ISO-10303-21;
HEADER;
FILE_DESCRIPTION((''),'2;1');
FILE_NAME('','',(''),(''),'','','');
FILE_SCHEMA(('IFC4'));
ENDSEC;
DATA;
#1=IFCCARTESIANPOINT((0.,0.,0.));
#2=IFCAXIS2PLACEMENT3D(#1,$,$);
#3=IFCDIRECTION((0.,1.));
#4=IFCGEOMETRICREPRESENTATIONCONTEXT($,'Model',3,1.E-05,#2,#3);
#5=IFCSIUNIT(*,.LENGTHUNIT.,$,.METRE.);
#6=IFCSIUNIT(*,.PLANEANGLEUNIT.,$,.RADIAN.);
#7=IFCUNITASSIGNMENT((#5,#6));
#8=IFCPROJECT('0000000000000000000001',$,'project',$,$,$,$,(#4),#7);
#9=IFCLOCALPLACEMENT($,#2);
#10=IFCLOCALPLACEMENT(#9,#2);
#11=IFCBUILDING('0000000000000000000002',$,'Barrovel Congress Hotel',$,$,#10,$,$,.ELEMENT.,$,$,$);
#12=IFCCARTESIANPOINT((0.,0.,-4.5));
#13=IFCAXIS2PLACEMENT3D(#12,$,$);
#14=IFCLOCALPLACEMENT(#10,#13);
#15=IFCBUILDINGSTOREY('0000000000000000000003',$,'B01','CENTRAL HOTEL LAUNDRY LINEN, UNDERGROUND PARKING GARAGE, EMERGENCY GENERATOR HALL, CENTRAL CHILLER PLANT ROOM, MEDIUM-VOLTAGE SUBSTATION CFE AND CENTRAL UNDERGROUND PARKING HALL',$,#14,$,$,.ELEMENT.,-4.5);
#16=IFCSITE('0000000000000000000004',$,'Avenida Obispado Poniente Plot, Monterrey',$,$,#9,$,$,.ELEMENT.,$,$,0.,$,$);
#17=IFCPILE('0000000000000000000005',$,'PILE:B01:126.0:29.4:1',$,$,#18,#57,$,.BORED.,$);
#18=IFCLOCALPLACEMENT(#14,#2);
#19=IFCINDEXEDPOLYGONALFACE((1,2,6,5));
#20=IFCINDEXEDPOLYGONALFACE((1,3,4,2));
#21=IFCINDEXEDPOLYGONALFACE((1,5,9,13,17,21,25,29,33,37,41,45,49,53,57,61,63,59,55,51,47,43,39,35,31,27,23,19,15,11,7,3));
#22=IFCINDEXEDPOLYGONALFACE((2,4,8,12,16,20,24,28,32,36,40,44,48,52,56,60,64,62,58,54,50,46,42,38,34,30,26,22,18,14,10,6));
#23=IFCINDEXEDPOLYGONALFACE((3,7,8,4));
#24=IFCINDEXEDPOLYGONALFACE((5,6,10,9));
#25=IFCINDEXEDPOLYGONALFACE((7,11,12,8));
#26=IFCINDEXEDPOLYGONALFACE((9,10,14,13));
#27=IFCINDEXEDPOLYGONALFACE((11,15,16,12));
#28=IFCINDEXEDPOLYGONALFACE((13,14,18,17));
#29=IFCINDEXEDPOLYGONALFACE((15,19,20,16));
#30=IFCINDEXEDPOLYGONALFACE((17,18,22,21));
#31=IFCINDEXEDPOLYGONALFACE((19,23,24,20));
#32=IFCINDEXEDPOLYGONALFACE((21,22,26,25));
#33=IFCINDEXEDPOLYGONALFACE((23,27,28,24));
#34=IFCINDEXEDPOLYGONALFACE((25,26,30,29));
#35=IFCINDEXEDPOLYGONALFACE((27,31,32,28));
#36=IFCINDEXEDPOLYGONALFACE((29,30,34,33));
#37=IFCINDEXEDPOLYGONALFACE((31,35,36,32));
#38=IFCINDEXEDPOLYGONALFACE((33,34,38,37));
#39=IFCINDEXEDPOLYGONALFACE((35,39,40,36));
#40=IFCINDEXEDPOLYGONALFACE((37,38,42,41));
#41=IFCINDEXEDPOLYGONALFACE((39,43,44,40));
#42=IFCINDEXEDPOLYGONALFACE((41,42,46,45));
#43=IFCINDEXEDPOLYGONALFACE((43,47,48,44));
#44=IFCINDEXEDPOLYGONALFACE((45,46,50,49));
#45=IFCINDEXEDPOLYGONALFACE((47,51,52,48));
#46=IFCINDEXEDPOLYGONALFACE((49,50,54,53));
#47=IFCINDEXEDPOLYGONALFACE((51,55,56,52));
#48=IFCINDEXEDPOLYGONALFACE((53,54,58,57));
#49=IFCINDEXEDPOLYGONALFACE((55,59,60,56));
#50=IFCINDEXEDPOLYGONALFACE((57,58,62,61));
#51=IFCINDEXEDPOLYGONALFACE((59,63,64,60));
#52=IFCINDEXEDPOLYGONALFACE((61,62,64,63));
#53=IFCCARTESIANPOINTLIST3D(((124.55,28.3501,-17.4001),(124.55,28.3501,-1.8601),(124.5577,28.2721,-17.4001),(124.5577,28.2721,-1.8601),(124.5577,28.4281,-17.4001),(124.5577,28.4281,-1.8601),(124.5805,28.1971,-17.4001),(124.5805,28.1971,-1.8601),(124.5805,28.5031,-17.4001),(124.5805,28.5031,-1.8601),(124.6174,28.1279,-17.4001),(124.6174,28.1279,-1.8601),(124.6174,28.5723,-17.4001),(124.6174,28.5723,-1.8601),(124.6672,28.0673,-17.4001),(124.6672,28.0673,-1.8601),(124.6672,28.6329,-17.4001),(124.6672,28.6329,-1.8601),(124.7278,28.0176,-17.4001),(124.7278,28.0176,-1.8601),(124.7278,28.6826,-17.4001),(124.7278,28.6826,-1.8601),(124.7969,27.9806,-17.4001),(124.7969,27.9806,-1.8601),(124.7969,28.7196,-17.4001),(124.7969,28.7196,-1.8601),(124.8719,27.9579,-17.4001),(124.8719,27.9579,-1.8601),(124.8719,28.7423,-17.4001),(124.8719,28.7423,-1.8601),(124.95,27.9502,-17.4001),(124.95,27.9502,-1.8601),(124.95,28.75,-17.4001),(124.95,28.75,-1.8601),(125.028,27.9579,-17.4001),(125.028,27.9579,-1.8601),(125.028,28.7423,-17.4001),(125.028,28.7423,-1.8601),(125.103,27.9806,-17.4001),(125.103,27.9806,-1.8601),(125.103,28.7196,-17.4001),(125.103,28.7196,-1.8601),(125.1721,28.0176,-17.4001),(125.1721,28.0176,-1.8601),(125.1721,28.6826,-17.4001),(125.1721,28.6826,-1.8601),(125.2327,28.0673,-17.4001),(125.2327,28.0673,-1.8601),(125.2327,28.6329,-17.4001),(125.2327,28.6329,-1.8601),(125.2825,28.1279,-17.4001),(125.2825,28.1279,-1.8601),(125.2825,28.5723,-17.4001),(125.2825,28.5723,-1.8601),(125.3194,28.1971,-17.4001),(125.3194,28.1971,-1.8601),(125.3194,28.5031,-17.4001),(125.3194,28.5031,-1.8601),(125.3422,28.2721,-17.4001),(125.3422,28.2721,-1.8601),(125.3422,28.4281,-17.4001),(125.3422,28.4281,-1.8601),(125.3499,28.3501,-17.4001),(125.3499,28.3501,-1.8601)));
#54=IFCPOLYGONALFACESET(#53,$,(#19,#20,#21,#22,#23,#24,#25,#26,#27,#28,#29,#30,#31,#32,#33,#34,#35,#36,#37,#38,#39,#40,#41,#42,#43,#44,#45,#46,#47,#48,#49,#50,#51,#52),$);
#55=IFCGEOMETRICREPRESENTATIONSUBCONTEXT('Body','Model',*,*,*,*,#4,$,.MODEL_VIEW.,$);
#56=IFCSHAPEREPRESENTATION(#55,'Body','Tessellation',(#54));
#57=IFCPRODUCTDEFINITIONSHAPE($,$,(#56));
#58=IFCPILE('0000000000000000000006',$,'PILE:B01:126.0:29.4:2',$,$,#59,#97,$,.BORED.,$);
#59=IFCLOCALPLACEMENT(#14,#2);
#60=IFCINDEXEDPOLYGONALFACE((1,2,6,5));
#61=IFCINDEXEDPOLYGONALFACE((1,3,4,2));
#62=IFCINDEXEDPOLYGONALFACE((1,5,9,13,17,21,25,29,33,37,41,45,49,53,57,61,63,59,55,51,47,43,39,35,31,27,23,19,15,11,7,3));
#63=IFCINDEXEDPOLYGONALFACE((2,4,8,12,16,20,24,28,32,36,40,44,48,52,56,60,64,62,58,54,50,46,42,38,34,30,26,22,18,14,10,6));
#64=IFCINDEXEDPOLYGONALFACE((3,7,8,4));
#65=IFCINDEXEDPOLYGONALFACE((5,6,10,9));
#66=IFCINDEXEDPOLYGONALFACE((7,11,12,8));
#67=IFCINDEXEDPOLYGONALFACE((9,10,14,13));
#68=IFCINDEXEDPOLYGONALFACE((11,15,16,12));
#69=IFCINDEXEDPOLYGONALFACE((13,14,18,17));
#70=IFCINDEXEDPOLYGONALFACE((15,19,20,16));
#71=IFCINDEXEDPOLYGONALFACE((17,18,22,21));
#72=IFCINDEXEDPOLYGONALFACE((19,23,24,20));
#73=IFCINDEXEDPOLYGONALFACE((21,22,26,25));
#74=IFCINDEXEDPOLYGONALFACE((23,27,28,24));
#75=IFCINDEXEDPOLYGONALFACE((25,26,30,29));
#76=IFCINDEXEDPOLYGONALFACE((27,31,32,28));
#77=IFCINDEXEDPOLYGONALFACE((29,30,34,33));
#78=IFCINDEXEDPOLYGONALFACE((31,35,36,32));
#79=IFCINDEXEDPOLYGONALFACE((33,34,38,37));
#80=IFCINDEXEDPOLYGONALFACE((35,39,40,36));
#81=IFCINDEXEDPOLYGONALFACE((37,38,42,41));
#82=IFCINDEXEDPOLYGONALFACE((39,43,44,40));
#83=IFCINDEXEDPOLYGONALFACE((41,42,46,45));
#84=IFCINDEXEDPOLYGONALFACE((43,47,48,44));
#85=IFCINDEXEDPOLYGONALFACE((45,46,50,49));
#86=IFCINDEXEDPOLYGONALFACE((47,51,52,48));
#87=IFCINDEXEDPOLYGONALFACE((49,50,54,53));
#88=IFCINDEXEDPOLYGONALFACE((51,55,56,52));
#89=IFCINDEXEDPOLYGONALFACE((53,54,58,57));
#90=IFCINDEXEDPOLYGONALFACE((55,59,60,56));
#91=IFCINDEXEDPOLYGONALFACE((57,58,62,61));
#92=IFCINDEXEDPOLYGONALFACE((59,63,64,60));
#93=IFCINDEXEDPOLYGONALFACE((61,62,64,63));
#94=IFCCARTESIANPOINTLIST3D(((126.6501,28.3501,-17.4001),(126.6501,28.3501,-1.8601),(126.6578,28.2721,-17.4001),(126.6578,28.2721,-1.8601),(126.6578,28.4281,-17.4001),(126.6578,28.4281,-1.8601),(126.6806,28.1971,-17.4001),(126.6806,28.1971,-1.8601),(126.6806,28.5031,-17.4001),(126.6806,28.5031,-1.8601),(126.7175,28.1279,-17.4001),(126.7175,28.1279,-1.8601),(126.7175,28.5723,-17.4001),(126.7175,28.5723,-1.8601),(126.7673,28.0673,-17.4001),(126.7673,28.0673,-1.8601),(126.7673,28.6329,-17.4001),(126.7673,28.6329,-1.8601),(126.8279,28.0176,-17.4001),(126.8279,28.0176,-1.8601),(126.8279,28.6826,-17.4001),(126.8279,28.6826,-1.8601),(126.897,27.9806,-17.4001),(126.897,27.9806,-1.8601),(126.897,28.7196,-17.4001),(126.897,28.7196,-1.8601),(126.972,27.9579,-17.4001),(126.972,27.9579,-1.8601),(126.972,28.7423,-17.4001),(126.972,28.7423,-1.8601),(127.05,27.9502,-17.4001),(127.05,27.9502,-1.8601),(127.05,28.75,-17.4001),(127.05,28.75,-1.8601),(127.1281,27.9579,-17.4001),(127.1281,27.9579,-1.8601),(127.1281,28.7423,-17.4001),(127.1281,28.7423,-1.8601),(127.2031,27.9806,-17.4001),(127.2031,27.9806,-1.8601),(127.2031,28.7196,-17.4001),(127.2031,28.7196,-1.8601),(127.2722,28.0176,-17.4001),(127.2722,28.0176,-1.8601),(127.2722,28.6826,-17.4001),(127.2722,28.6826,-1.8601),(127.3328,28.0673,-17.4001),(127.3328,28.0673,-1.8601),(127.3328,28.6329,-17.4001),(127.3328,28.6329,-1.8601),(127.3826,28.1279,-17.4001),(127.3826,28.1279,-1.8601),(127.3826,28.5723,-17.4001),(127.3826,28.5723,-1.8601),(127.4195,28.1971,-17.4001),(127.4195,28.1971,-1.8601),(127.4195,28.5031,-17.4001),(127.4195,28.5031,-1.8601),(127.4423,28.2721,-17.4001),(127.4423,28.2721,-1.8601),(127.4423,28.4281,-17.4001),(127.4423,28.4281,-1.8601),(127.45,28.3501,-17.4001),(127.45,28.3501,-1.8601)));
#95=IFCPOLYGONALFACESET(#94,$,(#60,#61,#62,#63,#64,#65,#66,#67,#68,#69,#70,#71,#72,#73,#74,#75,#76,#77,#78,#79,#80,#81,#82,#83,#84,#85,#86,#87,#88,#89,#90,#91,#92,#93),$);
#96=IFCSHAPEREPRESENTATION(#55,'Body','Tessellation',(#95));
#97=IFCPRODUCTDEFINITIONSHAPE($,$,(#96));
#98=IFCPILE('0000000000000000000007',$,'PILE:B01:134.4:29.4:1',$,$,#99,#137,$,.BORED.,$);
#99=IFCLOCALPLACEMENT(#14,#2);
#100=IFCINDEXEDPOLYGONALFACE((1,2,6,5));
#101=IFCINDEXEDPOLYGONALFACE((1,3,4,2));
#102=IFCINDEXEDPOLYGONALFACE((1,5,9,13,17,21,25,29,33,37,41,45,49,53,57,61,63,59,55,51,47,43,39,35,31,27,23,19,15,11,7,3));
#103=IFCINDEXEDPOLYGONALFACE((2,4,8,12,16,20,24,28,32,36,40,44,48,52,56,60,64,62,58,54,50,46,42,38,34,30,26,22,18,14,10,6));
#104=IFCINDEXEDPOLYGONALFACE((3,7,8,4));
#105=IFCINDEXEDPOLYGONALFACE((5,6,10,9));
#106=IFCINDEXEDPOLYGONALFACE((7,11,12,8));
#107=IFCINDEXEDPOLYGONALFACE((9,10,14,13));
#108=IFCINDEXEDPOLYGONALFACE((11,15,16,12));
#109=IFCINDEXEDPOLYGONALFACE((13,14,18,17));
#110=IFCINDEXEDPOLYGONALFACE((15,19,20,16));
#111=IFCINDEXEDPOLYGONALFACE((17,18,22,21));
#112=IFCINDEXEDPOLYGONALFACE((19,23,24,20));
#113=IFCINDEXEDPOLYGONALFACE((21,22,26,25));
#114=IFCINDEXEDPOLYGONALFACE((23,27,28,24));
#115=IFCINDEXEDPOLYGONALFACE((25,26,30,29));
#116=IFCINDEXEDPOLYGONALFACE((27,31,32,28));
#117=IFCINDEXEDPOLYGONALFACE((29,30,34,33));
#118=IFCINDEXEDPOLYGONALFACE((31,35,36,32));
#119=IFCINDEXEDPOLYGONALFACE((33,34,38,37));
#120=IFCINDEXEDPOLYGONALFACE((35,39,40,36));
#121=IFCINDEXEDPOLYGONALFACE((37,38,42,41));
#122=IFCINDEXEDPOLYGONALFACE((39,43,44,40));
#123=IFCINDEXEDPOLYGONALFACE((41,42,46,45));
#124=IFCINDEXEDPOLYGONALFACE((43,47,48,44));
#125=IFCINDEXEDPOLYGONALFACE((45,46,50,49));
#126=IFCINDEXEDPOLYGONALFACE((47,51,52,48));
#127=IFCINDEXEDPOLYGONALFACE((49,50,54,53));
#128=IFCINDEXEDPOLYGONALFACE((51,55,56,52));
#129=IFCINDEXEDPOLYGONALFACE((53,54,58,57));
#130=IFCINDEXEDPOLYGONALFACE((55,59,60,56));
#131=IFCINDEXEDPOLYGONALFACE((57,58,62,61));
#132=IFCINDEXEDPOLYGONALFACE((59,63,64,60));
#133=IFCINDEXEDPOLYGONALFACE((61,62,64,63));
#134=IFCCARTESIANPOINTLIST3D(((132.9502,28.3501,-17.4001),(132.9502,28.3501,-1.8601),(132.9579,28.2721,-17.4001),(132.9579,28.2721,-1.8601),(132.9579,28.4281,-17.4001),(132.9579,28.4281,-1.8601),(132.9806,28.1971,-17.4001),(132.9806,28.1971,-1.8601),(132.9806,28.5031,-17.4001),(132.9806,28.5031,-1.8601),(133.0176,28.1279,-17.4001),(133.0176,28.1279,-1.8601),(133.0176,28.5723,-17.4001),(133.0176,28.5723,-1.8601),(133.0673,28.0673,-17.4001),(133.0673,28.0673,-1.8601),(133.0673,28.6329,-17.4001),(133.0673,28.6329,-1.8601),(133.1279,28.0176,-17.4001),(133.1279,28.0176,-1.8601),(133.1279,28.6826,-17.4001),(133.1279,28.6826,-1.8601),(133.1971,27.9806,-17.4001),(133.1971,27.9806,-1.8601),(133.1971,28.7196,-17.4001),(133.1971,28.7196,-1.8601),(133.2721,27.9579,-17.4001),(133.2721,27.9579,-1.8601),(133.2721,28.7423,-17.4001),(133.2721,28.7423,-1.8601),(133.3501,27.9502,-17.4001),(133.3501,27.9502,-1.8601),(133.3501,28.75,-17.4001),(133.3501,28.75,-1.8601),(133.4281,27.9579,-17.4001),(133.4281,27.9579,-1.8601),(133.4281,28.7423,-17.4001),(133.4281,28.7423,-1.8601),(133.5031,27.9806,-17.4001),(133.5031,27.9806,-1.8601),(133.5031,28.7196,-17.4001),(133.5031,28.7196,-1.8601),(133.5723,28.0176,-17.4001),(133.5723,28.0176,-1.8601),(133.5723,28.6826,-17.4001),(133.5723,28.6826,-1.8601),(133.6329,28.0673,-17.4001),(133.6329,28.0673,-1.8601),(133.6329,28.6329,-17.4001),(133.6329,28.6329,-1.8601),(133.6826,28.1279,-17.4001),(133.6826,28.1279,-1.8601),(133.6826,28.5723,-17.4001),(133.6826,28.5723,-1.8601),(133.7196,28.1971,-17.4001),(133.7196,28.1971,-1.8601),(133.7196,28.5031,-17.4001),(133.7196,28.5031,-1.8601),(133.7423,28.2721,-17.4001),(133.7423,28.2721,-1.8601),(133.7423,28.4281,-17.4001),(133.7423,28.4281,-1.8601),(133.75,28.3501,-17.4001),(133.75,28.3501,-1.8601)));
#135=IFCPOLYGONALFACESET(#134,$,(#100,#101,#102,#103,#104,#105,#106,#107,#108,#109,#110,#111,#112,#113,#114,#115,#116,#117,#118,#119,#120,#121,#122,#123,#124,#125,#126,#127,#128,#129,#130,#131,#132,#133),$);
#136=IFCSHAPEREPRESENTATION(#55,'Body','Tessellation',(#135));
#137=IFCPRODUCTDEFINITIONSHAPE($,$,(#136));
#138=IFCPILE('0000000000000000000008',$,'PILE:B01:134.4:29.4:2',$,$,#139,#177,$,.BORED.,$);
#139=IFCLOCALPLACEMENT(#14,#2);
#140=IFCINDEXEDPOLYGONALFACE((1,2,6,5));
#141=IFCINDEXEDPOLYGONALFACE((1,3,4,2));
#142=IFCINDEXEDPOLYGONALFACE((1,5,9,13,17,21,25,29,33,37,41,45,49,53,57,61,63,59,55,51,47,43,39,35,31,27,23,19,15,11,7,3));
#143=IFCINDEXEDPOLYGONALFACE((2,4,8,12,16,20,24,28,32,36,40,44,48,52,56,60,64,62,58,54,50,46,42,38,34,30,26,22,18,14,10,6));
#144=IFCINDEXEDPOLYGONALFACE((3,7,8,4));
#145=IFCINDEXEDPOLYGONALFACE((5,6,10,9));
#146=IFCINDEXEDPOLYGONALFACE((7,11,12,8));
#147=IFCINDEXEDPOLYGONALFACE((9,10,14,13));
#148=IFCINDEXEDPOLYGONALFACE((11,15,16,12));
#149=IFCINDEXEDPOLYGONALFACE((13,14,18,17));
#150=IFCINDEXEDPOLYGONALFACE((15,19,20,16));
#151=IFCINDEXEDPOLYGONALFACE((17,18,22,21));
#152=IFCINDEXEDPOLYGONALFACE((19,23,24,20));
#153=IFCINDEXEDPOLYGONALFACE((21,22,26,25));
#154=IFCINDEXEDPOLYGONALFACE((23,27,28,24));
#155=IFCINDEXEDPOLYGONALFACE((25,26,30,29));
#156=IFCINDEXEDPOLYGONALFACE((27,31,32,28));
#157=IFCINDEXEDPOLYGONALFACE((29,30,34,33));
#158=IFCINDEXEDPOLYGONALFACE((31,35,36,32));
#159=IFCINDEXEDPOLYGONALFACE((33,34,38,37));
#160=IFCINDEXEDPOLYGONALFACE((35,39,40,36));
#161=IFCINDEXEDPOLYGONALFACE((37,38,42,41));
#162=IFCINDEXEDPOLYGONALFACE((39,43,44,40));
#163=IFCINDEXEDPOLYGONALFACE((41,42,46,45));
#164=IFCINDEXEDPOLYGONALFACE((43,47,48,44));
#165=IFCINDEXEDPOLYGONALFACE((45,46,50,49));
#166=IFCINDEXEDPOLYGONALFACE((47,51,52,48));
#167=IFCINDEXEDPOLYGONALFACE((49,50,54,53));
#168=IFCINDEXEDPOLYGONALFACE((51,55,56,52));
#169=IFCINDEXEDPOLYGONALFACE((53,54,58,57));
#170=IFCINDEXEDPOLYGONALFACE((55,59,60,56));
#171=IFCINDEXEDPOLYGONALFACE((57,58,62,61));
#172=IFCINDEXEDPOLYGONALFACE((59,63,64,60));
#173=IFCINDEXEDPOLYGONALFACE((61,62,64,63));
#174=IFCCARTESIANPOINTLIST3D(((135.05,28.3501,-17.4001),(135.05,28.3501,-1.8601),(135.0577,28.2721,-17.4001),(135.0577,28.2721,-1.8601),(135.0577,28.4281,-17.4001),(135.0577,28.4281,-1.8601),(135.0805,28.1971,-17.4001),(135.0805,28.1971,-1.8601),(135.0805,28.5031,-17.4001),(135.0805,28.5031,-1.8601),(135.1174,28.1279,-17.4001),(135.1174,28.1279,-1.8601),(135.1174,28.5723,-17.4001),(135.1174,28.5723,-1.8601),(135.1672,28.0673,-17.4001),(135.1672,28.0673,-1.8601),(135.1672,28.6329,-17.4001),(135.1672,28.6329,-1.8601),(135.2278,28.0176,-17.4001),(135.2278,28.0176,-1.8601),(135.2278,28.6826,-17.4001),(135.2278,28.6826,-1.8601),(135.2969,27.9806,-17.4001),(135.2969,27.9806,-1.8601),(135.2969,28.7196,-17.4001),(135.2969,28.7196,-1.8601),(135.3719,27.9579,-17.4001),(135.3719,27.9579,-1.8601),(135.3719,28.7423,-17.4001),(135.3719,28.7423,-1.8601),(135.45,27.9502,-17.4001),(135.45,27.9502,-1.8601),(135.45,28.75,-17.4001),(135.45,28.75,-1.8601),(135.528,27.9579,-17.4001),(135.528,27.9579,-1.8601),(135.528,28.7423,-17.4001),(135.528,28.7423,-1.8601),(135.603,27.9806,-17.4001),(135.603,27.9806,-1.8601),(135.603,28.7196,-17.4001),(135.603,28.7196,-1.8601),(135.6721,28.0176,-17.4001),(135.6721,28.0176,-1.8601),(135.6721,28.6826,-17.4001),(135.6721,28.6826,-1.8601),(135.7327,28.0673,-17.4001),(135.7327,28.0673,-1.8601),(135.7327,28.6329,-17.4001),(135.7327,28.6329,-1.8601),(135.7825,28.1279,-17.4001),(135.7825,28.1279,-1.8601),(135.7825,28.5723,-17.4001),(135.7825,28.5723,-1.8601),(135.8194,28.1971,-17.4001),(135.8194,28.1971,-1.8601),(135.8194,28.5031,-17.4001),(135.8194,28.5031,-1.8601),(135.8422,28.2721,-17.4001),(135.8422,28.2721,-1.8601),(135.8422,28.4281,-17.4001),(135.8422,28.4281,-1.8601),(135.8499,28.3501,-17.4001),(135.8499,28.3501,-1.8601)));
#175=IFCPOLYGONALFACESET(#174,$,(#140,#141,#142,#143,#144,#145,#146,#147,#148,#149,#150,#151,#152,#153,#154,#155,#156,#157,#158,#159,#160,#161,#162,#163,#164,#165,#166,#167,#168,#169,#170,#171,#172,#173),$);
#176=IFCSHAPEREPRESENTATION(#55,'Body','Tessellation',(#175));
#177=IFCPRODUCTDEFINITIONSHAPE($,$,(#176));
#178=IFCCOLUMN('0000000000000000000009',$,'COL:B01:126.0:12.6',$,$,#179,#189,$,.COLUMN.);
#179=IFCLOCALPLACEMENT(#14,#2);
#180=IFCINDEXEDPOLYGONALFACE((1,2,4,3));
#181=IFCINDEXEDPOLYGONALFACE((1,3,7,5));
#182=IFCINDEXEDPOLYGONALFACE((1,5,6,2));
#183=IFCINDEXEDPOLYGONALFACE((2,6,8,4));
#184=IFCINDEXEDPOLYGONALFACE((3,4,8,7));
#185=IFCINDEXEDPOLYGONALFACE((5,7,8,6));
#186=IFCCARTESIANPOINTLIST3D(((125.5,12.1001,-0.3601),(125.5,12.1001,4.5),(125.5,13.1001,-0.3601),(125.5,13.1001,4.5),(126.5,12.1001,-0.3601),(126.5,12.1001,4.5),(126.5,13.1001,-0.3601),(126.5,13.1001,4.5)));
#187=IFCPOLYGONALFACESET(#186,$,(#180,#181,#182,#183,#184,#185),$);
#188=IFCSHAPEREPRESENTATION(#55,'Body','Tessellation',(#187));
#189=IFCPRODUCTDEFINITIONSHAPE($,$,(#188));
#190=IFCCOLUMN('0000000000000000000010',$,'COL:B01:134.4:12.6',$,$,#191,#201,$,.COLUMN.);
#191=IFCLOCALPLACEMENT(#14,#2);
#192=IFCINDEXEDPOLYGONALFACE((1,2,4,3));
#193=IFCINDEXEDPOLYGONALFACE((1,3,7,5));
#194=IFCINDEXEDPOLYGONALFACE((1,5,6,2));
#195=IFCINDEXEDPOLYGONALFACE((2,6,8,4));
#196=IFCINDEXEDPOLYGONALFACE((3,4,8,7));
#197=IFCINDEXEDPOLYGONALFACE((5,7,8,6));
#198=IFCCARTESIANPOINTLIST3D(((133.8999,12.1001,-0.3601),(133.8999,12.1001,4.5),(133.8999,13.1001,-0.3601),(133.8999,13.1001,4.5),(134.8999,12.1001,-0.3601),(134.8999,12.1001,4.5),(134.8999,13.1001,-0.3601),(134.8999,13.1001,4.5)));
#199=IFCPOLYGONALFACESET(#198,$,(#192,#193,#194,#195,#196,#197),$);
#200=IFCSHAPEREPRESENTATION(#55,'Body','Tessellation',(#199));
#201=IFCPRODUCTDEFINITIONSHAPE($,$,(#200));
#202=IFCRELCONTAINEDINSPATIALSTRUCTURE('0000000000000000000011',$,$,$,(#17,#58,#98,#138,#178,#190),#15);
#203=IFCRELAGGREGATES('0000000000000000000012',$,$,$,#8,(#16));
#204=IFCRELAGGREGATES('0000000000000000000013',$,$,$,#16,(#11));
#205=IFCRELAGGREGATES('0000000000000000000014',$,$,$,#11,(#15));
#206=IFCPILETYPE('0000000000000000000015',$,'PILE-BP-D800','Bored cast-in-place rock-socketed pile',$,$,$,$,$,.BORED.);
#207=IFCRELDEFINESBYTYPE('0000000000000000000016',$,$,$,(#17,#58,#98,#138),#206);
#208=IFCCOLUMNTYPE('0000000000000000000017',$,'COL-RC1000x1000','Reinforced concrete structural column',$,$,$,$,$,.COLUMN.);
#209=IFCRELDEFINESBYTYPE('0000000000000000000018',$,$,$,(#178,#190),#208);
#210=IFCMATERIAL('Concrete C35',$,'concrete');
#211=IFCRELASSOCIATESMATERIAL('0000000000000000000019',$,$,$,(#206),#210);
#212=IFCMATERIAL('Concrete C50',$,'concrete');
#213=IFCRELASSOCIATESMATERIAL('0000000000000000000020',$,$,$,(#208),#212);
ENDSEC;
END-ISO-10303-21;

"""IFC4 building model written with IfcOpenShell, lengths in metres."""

from ifc_helpers import new_model, si_unit, direction, frame, origin, origin_2d, place, context, subcontext, project, spatial, rectangle, circle, extrude, material, material_profile, profile_set, type_object, element, save


model = new_model("IFC4")

# Units and contexts
model_context = context("Model", 3, precision=1e-05, world=origin(), true_north=direction((0.0, 1.0)))
body_context = subcontext(model_context, "Body", "Model", "MODEL_VIEW")
ifc_project = project(units=[si_unit("LENGTHUNIT", "METRE"), si_unit("PLANEANGLEUNIT", "RADIAN")], contexts=[model_context])

# Site, building, storey
site_placement = place(None, origin())
site = spatial("IfcSite", under=ifc_project, at=site_placement, Name="Avenida Obispado Poniente Plot, Monterrey", CompositionType="ELEMENT", RefElevation=0.0)
building_placement = place(site_placement, origin())
building = spatial("IfcBuilding", under=site, at=building_placement, Name="Barrovel Congress Hotel", CompositionType="ELEMENT")
storey_placement = place(building_placement, frame((0.0, 0.0, -4.5)))
storey = spatial("IfcBuildingStorey", under=building, at=storey_placement, Name="B01", Description="CENTRAL HOTEL LAUNDRY LINEN, UNDERGROUND PARKING GARAGE, EMERGENCY GENERATOR HALL, CENTRAL CHILLER PLANT ROOM, MEDIUM-VOLTAGE SUBSTATION CFE AND CENTRAL UNDERGROUND PARKING HALL", CompositionType="ELEMENT", Elevation=-4.5)

# Piles
ifc_material_1 = material(Name="Concrete C35", Category="concrete")
ifc_material_profile_1 = material_profile(ifc_material_1, circle(Radius=0.3999, at=origin_2d()), Name="BP-D800")
ifc_profile_set_1 = profile_set([ifc_material_profile_1], Name="Concrete C35")
pile_type_1 = type_object("IfcPileType", Name="PILE-BP-D800", Description="Bored cast-in-place rock-socketed pile", PredefinedType="BORED", material=ifc_profile_set_1)
for number, where, z_axis, x_axis, name in (
    (1, (124.95, 28.3501, -1.8601), (0.0, 0.0, -1.0), (1.0, 0.0, 0.0), "PILE:B01:126.0:29.4:1"),
    (2, (127.05, 28.3501, -1.8601), (0.0, 0.0, -1.0), (1.0, 0.0, 0.0), "PILE:B01:126.0:29.4:2"),
    (3, (133.3501, 28.3501, -1.8601), (0.0, 0.0, -1.0), (1.0, 0.0, 0.0), "PILE:B01:134.4:29.4:1"),
    (4, (135.45, 28.3501, -1.8601), (0.0, 0.0, -1.0), (1.0, 0.0, 0.0), "PILE:B01:134.4:29.4:2"),
):
    element("IfcPile", number, at=place(storey_placement, frame(where, z_axis=z_axis, x_axis=x_axis)), inside=storey, type_object=pile_type_1, Name=name, PredefinedType="BORED", context=body_context, shape_type="SweptSolid", body=[
        extrude(circle(Radius=0.3999, at=origin_2d()), origin(), (0.0, 0.0, 1.0), 15.54),
    ])

# Columns
ifc_material_2 = material(Name="Concrete C50", Category="concrete")
ifc_material_profile_2 = material_profile(ifc_material_2, rectangle(XDim=1.0, YDim=1.0, at=origin_2d()), Name="RC1000x1000")
ifc_profile_set_2 = profile_set([ifc_material_profile_2], Name="Concrete C50")
column_type_1 = type_object("IfcColumnType", Name="COL-RC1000x1000", Description="Reinforced concrete structural column", PredefinedType="COLUMN", material=ifc_profile_set_2)
for number, where, z_axis, x_axis, name in (
    (5, (126.0, 12.6001, -0.3601), (0.0, 0.0, 1.0), (1.0, 0.0, 0.0), "COL:B01:126.0:12.6"),
    (6, (134.3999, 12.6001, -0.3601), (0.0, 0.0, 1.0), (1.0, 0.0, 0.0), "COL:B01:134.4:12.6"),
):
    element("IfcColumn", number, at=place(storey_placement, frame(where, z_axis=z_axis, x_axis=x_axis)), inside=storey, type_object=column_type_1, Name=name, PredefinedType="COLUMN", context=body_context, shape_type="SweptSolid", body=[
        extrude(rectangle(XDim=1.0, YDim=1.0, at=origin_2d()), origin(), (0.0, 0.0, 1.0), 4.8601),
    ])

save(model, "model.ifc")
